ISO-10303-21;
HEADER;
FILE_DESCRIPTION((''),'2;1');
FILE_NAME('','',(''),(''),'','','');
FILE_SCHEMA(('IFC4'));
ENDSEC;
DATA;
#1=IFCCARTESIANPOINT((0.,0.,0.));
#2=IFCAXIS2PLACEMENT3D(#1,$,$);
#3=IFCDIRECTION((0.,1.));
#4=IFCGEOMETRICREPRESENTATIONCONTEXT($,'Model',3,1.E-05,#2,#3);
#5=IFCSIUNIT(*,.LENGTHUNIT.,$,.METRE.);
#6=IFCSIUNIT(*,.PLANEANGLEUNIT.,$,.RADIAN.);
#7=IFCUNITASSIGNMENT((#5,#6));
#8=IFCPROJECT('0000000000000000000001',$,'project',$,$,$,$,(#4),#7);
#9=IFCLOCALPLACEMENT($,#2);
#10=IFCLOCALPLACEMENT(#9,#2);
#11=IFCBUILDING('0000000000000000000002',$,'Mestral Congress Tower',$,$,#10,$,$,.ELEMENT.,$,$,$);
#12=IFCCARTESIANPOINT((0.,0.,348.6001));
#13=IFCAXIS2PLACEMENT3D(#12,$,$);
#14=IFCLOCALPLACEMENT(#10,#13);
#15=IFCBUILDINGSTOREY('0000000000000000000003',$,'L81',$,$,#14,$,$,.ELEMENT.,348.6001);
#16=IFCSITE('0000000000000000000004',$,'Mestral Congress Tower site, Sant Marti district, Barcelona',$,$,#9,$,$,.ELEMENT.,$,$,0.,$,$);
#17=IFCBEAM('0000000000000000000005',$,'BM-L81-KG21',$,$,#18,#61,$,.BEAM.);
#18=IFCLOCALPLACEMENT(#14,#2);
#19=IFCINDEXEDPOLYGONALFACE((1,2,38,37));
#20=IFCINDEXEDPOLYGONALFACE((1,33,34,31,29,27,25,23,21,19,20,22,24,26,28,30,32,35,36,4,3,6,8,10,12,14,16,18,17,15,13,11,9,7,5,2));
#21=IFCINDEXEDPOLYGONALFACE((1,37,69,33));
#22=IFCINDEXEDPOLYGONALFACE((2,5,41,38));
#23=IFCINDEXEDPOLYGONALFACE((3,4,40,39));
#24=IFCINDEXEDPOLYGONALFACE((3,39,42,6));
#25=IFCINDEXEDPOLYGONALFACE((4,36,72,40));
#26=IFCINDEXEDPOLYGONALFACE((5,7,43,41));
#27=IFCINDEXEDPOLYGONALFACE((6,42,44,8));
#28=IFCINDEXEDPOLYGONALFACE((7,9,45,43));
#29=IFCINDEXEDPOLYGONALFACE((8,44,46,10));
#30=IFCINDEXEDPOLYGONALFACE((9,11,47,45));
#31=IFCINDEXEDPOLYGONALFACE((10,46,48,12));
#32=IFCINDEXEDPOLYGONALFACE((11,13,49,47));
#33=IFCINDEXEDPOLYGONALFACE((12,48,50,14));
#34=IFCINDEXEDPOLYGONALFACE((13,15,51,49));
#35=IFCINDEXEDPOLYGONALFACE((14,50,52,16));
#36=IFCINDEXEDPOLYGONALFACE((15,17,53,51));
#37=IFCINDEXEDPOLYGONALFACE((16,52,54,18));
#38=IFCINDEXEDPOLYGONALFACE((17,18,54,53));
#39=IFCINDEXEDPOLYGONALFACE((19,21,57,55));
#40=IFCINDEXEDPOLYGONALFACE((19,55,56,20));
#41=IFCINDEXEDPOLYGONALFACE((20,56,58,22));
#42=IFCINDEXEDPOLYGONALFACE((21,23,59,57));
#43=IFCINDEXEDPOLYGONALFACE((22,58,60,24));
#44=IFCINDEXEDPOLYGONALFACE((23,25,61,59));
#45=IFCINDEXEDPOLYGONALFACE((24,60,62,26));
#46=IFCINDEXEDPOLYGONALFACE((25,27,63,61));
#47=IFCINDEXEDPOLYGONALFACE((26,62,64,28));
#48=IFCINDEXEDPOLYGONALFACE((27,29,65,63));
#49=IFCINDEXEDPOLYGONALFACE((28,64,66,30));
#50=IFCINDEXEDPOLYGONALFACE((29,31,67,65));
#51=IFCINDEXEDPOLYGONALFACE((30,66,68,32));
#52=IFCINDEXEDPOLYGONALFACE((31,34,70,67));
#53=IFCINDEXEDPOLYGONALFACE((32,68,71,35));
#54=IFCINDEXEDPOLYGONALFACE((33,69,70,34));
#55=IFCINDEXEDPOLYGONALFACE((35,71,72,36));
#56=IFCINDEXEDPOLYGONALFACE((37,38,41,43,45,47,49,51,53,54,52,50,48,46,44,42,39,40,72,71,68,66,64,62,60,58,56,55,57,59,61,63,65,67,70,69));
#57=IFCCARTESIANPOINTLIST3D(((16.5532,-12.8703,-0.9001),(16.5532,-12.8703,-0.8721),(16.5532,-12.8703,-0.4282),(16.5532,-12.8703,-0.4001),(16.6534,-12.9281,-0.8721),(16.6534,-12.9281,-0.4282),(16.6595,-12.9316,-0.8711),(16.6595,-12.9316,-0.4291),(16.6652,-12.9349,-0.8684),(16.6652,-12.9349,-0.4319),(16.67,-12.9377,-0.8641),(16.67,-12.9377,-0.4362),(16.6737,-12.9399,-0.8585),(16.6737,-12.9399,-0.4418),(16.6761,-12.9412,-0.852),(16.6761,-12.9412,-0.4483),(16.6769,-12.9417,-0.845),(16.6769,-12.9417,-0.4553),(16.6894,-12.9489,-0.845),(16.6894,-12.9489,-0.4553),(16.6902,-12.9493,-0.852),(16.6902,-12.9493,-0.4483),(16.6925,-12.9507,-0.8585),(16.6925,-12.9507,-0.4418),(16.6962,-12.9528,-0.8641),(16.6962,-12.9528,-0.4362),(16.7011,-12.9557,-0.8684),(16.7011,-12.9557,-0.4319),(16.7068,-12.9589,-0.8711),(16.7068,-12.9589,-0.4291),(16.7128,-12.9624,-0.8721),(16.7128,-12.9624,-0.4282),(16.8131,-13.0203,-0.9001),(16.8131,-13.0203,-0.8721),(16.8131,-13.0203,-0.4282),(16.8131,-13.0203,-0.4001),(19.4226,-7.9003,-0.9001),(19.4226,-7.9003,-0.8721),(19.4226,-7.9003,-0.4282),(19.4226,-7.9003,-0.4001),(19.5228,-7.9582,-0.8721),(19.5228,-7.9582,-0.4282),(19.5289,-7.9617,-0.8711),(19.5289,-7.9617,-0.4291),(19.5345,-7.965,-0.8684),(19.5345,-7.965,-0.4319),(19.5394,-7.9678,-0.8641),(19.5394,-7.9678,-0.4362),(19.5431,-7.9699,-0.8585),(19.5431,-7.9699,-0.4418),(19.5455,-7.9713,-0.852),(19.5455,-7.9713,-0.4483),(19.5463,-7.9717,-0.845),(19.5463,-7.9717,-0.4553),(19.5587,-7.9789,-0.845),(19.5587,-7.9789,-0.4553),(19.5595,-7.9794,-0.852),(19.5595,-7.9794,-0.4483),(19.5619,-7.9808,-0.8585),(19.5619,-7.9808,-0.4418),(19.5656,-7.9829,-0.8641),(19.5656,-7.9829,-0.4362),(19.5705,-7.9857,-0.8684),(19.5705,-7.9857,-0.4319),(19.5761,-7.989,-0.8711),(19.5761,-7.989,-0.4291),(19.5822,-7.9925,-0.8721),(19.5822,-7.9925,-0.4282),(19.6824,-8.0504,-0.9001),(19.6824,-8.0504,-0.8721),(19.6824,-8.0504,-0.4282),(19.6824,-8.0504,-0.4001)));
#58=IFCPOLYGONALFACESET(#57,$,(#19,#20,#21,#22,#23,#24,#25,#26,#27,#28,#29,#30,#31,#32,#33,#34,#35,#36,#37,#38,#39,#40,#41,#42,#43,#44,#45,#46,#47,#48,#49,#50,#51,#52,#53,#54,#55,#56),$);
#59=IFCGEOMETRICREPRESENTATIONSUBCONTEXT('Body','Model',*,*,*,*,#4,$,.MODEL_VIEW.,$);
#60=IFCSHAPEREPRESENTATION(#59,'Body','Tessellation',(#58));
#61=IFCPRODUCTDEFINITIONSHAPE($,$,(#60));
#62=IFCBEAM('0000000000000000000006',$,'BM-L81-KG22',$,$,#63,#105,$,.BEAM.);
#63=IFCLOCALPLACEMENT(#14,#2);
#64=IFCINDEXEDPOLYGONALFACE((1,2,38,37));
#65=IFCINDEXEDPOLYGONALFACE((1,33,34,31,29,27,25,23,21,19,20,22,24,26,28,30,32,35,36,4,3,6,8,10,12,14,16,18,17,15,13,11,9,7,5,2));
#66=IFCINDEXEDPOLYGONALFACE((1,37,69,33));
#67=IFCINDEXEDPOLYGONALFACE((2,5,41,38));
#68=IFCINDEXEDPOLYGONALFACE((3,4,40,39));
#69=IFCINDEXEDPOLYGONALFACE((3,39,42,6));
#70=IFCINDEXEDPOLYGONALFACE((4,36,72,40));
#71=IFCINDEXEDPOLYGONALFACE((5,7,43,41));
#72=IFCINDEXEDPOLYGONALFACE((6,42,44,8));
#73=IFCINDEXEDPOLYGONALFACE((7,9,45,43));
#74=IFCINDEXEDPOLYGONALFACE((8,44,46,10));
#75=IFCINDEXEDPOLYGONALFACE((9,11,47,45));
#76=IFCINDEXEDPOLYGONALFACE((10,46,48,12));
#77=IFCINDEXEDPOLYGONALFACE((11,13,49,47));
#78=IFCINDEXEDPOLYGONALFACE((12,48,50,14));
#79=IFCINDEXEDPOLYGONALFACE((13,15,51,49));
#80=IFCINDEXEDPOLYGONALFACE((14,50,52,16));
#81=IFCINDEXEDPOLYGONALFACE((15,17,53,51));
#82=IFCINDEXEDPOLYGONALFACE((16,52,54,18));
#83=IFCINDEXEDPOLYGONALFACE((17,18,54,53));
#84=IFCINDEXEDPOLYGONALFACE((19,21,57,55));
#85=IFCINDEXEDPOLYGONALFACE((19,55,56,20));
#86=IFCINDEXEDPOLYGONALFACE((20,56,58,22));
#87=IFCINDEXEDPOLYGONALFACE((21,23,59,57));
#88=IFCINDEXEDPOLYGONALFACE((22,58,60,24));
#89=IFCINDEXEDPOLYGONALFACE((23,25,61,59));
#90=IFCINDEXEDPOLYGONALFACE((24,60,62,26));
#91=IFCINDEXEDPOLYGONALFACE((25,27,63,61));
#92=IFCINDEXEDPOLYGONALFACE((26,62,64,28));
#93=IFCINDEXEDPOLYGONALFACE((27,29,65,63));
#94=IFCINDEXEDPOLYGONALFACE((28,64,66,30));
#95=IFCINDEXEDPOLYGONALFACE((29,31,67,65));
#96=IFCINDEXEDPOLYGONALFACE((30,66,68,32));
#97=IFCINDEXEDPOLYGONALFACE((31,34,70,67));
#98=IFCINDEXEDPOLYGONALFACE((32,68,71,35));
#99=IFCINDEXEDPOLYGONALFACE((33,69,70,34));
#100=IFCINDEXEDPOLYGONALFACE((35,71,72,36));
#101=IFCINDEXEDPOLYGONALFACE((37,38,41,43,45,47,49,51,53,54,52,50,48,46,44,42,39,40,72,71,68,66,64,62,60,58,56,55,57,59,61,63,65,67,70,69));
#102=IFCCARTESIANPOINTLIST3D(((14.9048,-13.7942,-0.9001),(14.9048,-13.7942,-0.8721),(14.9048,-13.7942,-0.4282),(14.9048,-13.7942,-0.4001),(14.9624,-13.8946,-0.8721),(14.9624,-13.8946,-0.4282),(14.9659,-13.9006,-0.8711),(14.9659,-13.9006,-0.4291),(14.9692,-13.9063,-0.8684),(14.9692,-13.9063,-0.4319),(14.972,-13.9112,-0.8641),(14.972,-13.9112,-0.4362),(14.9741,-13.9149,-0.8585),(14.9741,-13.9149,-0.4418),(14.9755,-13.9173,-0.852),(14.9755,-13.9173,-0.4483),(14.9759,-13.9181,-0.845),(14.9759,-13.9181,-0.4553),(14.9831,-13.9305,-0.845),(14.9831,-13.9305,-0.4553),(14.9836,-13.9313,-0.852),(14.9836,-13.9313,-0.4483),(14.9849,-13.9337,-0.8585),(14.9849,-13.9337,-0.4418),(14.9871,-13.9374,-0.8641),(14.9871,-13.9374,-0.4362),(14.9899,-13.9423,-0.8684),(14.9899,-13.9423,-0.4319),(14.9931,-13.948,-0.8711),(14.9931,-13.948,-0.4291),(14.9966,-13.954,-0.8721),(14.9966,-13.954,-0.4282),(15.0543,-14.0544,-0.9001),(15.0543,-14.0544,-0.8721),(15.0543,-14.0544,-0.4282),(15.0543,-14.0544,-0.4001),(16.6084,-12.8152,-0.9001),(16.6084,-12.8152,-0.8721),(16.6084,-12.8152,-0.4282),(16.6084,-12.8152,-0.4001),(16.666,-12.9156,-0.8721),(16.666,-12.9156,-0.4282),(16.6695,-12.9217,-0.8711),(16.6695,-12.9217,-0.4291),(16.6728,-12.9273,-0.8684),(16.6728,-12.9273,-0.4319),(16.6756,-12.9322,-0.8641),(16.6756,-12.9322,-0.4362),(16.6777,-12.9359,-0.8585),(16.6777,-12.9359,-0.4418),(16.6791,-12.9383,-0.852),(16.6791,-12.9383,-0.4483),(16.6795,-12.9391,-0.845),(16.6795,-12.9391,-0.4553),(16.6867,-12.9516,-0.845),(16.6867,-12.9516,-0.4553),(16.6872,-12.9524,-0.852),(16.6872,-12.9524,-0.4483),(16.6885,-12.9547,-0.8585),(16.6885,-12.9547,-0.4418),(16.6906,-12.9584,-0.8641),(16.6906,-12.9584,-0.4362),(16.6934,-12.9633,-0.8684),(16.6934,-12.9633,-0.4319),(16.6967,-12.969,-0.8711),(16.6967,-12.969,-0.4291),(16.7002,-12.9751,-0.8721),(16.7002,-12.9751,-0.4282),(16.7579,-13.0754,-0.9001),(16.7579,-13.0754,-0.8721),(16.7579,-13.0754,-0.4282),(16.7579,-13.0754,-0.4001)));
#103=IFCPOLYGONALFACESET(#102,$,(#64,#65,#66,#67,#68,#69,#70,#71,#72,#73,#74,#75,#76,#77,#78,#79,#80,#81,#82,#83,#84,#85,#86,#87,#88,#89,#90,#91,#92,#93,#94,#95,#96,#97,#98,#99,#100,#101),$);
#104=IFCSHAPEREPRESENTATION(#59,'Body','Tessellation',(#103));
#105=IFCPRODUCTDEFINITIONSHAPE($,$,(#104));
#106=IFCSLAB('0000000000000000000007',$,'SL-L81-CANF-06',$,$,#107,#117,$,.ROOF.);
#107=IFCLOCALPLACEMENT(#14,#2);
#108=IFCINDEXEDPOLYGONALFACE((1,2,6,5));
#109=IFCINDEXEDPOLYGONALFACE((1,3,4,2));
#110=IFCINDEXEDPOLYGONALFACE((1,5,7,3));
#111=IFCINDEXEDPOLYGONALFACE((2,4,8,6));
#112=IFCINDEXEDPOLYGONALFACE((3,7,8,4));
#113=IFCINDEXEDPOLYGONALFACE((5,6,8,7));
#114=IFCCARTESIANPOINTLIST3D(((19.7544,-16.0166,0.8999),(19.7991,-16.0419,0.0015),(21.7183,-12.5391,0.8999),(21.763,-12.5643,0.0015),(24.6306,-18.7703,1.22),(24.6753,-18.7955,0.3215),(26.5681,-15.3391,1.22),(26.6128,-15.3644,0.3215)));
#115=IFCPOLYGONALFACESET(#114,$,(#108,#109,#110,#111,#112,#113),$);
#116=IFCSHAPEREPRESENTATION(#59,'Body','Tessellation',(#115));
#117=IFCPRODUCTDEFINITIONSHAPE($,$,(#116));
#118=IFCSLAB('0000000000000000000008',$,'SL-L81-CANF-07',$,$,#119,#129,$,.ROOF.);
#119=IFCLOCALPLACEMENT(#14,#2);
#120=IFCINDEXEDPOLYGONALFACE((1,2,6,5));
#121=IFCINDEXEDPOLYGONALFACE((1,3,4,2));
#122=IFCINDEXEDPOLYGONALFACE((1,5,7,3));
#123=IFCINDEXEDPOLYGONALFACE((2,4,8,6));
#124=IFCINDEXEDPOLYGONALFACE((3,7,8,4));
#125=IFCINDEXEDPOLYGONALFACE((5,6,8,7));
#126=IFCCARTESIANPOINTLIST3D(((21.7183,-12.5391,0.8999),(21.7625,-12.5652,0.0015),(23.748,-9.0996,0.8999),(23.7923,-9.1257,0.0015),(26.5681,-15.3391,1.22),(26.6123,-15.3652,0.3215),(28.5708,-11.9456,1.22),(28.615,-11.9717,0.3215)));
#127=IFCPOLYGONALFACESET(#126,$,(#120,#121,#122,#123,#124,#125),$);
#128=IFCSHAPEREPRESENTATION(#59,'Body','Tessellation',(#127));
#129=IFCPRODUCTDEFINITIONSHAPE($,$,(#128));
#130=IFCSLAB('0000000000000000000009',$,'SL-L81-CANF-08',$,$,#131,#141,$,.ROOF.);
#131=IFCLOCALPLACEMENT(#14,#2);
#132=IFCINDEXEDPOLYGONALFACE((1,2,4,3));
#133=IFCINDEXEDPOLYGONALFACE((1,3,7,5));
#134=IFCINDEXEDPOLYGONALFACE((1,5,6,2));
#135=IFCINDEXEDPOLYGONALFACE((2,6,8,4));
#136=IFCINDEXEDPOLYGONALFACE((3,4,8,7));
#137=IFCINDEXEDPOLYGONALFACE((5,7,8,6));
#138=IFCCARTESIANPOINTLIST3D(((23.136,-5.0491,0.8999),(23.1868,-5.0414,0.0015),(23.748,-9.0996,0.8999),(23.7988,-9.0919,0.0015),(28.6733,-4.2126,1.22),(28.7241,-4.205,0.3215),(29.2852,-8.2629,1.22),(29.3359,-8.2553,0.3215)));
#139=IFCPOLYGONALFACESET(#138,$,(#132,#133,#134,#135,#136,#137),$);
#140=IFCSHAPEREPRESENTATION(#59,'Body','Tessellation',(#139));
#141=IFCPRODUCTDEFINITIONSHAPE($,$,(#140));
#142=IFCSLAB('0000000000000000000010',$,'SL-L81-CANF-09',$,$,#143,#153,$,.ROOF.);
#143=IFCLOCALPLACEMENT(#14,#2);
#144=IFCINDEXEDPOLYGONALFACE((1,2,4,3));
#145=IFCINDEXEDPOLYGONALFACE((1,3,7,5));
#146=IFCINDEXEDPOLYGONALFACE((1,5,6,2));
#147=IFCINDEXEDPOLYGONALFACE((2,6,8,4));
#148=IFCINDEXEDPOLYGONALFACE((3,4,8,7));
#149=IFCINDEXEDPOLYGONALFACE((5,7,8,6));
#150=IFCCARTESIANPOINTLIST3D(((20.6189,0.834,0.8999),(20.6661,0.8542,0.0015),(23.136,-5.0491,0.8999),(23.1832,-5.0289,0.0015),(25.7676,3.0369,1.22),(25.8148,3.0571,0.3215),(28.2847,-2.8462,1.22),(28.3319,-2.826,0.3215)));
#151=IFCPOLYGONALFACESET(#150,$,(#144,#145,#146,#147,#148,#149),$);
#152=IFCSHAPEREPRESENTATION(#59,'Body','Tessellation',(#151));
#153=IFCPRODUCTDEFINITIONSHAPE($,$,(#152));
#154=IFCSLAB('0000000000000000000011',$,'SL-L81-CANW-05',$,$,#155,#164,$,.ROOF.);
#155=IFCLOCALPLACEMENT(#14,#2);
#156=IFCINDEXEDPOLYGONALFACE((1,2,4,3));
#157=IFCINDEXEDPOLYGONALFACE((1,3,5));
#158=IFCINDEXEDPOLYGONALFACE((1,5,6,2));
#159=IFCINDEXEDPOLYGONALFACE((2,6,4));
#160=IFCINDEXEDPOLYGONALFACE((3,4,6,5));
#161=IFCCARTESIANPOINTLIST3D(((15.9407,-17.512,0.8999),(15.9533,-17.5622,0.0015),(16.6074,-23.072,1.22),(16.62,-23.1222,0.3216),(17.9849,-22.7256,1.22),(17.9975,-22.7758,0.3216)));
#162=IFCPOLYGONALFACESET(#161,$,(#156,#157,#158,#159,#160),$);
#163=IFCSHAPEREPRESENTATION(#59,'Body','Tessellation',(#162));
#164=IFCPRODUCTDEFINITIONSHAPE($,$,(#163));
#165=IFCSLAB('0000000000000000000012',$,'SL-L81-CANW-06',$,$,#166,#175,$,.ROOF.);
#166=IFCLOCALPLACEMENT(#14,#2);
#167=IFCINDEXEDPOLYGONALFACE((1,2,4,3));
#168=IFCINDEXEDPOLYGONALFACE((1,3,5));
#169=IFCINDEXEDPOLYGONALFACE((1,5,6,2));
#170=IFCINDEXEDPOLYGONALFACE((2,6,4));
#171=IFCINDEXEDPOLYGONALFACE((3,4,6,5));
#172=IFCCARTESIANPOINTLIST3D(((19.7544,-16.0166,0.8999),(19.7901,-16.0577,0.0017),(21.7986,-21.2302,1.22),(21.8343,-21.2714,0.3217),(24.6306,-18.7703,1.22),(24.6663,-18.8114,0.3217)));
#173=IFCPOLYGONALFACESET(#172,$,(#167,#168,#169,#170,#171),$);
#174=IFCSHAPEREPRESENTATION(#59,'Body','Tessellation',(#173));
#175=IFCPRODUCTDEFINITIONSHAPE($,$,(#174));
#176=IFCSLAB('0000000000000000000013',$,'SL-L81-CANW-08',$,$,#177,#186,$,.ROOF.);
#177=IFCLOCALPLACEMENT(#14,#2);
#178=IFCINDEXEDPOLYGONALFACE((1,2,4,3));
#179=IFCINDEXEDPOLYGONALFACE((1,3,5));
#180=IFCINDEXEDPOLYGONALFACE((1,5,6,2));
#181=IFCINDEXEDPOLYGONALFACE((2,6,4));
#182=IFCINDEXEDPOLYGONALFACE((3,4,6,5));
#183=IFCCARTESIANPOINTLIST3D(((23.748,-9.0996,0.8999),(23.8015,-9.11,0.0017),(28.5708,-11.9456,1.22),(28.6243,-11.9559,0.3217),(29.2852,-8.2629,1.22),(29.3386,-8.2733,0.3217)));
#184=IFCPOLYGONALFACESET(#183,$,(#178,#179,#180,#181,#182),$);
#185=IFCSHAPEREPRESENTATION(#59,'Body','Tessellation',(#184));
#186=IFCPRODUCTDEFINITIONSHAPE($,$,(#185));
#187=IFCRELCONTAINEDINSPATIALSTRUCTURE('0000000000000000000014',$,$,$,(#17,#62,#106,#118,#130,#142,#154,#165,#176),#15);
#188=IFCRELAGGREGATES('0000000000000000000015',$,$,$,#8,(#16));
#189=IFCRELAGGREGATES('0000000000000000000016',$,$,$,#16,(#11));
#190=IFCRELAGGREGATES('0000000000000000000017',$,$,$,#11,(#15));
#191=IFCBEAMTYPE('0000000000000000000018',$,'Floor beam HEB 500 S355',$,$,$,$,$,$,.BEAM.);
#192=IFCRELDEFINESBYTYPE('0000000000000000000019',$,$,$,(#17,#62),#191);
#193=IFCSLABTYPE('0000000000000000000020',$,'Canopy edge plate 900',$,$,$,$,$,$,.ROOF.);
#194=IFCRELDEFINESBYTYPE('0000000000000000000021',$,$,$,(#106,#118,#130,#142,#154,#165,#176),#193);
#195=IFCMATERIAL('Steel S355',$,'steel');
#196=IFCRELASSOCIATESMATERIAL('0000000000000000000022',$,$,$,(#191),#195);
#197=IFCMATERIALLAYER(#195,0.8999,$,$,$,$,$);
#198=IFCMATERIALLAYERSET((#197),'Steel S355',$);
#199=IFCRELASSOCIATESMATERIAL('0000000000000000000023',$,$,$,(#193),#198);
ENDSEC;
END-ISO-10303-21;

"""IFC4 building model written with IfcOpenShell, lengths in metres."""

from ifc_helpers import new_model, si_unit, direction, frame, origin, origin_2d, place, context, subcontext, project, spatial, polyline, i_section, outline, extrude, material, layer, layer_set, material_profile, profile_set, type_object, element, save


model = new_model("IFC4")

# Units and contexts
model_context = context("Model", 3, precision=1e-05, world=origin(), true_north=direction((0.0, 1.0)))
body_context = subcontext(model_context, "Body", "Model", "MODEL_VIEW")
ifc_project = project(units=[si_unit("LENGTHUNIT", "METRE"), si_unit("PLANEANGLEUNIT", "RADIAN")], contexts=[model_context])

# Site, building, storey
site_placement = place(None, origin())
site = spatial("IfcSite", under=ifc_project, at=site_placement, Name="Mestral Congress Tower site, Sant Marti district, Barcelona", CompositionType="ELEMENT", RefElevation=0.0)
building_placement = place(site_placement, origin())
building = spatial("IfcBuilding", under=site, at=building_placement, Name="Mestral Congress Tower", CompositionType="ELEMENT")
storey_placement = place(building_placement, frame((0.0, 0.0, 348.6001)))
storey = spatial("IfcBuildingStorey", under=building, at=storey_placement, Name="L81", CompositionType="ELEMENT", Elevation=348.6001)

# Beams
ifc_material_1 = material(Name="Steel S355", Category="steel")
ifc_material_profile_1 = material_profile(ifc_material_1, i_section(OverallWidth=0.3, OverallDepth=0.5, WebThickness=0.0144, FlangeThickness=0.0281, FilletRadius=0.0271, at=origin_2d()), Name="HEB 500")
ifc_profile_set_1 = profile_set([ifc_material_profile_1], Name="Steel S355")
beam_type_1 = type_object("IfcBeamType", Name="Floor beam HEB 500 S355", PredefinedType="BEAM", material=ifc_profile_set_1)
beam_1_placement = place(storey_placement, frame((19.5525, -7.9753, -0.6501), z_axis=(-0.499996, -0.866028, 0.0), x_axis=(0.866028, -0.499996, 0.0)))
element("IfcBeam", 1, at=beam_1_placement, inside=storey, type_object=beam_type_1, Name="BM-L81-KG21", PredefinedType="BEAM", context=body_context, shape_type="SweptSolid", body=[
    extrude(i_section(OverallWidth=0.3, OverallDepth=0.5, WebThickness=0.0144, FlangeThickness=0.0281, FilletRadius=0.0271, at=origin_2d()), origin(), (0.0, 0.0, 1.0), 5.7388),
])
beam_2_placement = place(storey_placement, frame((16.6831, -12.9453, -0.6501), z_axis=(-0.867032, -0.498252, 0.0), x_axis=(0.498252, -0.867032, 0.0)))
element("IfcBeam", 2, at=beam_2_placement, inside=storey, type_object=beam_type_1, Name="BM-L81-KG22", PredefinedType="BEAM", context=body_context, shape_type="SweptSolid", body=[
    extrude(i_section(OverallWidth=0.3, OverallDepth=0.5, WebThickness=0.0144, FlangeThickness=0.0281, FilletRadius=0.0271, at=origin_2d()), origin(), (0.0, 0.0, 1.0), 1.9648),
])

# Slabs
ifc_layer_1 = layer(ifc_material_1, 0.8999)
ifc_layer_set_1 = layer_set([ifc_layer_1], Name="Steel S355")
slab_type = type_object("IfcSlabType", Name="Canopy edge plate 900", PredefinedType="ROOF", material=ifc_layer_set_1)
slab_1_placement = place(storey_placement, frame((19.7544, -16.0166, 0.8999), z_axis=(-0.049687, 0.028059, 0.998371), x_axis=(0.491735, 0.870745, 0.000001)))
element("IfcSlab", 3, at=slab_1_placement, inside=storey, type_object=slab_type, Name="SL-L81-CANF-06", PredefinedType="ROOF", context=body_context, shape_type="SweptSolid", body=[
    extrude(outline(polyline([(0.0, 0.0), (3.9938, 0.0), (3.9405, -5.609), (0.0001, -5.6092), (0.0, 0.0)])), origin(), (0.0, 0.0, -1.0), 0.8999),
])
slab_2_placement = place(storey_placement, frame((21.7183, -12.5391, 0.8999), z_axis=(-0.049144, 0.029002, 0.998371), x_axis=(0.508243, 0.861214, 0.0)))
element("IfcSlab", 4, at=slab_2_placement, inside=storey, type_object=slab_type, Name="SL-L81-CANF-07", PredefinedType="ROOF", context=body_context, shape_type="SweptSolid", body=[
    extrude(outline(polyline([(0.0, 0.0), (3.9937, 0.0), (3.9939, -5.609), (0.0535, -5.609), (0.0, 0.0)])), origin(), (0.0, 0.0, -1.0), 0.8999),
])
slab_3_placement = place(storey_placement, frame((23.748, -9.0996, 0.8999), z_axis=(-0.056421, -0.008524, 0.998371), x_axis=(-0.14941, 0.988775, -0.000001)))
element("IfcSlab", 5, at=slab_3_placement, inside=storey, type_object=slab_type, Name="SL-L81-CANF-08", PredefinedType="ROOF", context=body_context, shape_type="SweptSolid", body=[
    extrude(outline(polyline([(0.0, 0.0), (4.0965, 0.0), (4.0962, -5.6093), (0.0, -5.6091), (0.0, 0.0)])), origin(), (0.0, 0.0, -1.0), 0.8999),
])
slab_4_placement = place(storey_placement, frame((23.136, -5.0491, 0.8999), z_axis=(-0.05246, -0.022445, 0.998371), x_axis=(-0.393362, 0.919384, 0.0)))
element("IfcSlab", 6, at=slab_4_placement, inside=storey, type_object=slab_type, Name="SL-L81-CANF-09", PredefinedType="ROOF", context=body_context, shape_type="SweptSolid", body=[
    extrude(outline(polyline([(0.0, 0.0), (6.3989, 0.0), (6.3989, -5.6093), (0.0, -5.6093), (0.0, 0.0)])), origin(), (0.0, 0.0, -1.0), 0.8999),
])
slab_5_placement = place(storey_placement, frame((15.9407, -17.512, 0.8999), z_axis=(-0.014031, 0.055788, 0.998344), x_axis=(0.11887, -0.991269, 0.057063)))
element("IfcSlab", 7, at=slab_5_placement, inside=storey, type_object=slab_type, Name="SL-L81-CANW-05", PredefinedType="ROOF", context=body_context, shape_type="SweptSolid", body=[
    extrude(outline(polyline([(0.0, 0.0), (5.609, 0.0), (5.4294, 1.4089), (0.0, 0.0)])), origin(), (0.0, 0.0, -1.0), 0.8999),
])
slab_6_placement = place(storey_placement, frame((19.7544, -16.0166, 0.8999), z_axis=(-0.039705, 0.04571, 0.998165), x_axis=(0.364436, -0.929479, 0.057061)))
element("IfcSlab", 8, at=slab_6_placement, inside=storey, type_object=slab_type, Name="SL-L81-CANW-06", PredefinedType="ROOF", context=body_context, shape_type="SweptSolid", body=[
    extrude(outline(polyline([(0.0, 0.0), (5.6092, 0.0), (4.3548, 3.5353), (0.0, 0.0)])), origin(), (0.0, 0.0, -1.0), 0.8999),
])
slab_7_placement = place(storey_placement, frame((23.748, -9.0996, 0.8999), z_axis=(-0.05944, 0.01153, 0.998165), x_axis=(0.859825, -0.50739, 0.057063)))
element("IfcSlab", 9, at=slab_7_placement, inside=storey, type_object=slab_type, Name="SL-L81-CANW-08", PredefinedType="ROOF", context=body_context, shape_type="SweptSolid", body=[
    extrude(outline(polyline([(0.0, 0.0), (5.609, 0.0), (4.3547, 3.5353), (0.0, 0.0)])), origin(), (0.0, 0.0, -1.0), 0.8999),
])

save(model, "model.ifc")
